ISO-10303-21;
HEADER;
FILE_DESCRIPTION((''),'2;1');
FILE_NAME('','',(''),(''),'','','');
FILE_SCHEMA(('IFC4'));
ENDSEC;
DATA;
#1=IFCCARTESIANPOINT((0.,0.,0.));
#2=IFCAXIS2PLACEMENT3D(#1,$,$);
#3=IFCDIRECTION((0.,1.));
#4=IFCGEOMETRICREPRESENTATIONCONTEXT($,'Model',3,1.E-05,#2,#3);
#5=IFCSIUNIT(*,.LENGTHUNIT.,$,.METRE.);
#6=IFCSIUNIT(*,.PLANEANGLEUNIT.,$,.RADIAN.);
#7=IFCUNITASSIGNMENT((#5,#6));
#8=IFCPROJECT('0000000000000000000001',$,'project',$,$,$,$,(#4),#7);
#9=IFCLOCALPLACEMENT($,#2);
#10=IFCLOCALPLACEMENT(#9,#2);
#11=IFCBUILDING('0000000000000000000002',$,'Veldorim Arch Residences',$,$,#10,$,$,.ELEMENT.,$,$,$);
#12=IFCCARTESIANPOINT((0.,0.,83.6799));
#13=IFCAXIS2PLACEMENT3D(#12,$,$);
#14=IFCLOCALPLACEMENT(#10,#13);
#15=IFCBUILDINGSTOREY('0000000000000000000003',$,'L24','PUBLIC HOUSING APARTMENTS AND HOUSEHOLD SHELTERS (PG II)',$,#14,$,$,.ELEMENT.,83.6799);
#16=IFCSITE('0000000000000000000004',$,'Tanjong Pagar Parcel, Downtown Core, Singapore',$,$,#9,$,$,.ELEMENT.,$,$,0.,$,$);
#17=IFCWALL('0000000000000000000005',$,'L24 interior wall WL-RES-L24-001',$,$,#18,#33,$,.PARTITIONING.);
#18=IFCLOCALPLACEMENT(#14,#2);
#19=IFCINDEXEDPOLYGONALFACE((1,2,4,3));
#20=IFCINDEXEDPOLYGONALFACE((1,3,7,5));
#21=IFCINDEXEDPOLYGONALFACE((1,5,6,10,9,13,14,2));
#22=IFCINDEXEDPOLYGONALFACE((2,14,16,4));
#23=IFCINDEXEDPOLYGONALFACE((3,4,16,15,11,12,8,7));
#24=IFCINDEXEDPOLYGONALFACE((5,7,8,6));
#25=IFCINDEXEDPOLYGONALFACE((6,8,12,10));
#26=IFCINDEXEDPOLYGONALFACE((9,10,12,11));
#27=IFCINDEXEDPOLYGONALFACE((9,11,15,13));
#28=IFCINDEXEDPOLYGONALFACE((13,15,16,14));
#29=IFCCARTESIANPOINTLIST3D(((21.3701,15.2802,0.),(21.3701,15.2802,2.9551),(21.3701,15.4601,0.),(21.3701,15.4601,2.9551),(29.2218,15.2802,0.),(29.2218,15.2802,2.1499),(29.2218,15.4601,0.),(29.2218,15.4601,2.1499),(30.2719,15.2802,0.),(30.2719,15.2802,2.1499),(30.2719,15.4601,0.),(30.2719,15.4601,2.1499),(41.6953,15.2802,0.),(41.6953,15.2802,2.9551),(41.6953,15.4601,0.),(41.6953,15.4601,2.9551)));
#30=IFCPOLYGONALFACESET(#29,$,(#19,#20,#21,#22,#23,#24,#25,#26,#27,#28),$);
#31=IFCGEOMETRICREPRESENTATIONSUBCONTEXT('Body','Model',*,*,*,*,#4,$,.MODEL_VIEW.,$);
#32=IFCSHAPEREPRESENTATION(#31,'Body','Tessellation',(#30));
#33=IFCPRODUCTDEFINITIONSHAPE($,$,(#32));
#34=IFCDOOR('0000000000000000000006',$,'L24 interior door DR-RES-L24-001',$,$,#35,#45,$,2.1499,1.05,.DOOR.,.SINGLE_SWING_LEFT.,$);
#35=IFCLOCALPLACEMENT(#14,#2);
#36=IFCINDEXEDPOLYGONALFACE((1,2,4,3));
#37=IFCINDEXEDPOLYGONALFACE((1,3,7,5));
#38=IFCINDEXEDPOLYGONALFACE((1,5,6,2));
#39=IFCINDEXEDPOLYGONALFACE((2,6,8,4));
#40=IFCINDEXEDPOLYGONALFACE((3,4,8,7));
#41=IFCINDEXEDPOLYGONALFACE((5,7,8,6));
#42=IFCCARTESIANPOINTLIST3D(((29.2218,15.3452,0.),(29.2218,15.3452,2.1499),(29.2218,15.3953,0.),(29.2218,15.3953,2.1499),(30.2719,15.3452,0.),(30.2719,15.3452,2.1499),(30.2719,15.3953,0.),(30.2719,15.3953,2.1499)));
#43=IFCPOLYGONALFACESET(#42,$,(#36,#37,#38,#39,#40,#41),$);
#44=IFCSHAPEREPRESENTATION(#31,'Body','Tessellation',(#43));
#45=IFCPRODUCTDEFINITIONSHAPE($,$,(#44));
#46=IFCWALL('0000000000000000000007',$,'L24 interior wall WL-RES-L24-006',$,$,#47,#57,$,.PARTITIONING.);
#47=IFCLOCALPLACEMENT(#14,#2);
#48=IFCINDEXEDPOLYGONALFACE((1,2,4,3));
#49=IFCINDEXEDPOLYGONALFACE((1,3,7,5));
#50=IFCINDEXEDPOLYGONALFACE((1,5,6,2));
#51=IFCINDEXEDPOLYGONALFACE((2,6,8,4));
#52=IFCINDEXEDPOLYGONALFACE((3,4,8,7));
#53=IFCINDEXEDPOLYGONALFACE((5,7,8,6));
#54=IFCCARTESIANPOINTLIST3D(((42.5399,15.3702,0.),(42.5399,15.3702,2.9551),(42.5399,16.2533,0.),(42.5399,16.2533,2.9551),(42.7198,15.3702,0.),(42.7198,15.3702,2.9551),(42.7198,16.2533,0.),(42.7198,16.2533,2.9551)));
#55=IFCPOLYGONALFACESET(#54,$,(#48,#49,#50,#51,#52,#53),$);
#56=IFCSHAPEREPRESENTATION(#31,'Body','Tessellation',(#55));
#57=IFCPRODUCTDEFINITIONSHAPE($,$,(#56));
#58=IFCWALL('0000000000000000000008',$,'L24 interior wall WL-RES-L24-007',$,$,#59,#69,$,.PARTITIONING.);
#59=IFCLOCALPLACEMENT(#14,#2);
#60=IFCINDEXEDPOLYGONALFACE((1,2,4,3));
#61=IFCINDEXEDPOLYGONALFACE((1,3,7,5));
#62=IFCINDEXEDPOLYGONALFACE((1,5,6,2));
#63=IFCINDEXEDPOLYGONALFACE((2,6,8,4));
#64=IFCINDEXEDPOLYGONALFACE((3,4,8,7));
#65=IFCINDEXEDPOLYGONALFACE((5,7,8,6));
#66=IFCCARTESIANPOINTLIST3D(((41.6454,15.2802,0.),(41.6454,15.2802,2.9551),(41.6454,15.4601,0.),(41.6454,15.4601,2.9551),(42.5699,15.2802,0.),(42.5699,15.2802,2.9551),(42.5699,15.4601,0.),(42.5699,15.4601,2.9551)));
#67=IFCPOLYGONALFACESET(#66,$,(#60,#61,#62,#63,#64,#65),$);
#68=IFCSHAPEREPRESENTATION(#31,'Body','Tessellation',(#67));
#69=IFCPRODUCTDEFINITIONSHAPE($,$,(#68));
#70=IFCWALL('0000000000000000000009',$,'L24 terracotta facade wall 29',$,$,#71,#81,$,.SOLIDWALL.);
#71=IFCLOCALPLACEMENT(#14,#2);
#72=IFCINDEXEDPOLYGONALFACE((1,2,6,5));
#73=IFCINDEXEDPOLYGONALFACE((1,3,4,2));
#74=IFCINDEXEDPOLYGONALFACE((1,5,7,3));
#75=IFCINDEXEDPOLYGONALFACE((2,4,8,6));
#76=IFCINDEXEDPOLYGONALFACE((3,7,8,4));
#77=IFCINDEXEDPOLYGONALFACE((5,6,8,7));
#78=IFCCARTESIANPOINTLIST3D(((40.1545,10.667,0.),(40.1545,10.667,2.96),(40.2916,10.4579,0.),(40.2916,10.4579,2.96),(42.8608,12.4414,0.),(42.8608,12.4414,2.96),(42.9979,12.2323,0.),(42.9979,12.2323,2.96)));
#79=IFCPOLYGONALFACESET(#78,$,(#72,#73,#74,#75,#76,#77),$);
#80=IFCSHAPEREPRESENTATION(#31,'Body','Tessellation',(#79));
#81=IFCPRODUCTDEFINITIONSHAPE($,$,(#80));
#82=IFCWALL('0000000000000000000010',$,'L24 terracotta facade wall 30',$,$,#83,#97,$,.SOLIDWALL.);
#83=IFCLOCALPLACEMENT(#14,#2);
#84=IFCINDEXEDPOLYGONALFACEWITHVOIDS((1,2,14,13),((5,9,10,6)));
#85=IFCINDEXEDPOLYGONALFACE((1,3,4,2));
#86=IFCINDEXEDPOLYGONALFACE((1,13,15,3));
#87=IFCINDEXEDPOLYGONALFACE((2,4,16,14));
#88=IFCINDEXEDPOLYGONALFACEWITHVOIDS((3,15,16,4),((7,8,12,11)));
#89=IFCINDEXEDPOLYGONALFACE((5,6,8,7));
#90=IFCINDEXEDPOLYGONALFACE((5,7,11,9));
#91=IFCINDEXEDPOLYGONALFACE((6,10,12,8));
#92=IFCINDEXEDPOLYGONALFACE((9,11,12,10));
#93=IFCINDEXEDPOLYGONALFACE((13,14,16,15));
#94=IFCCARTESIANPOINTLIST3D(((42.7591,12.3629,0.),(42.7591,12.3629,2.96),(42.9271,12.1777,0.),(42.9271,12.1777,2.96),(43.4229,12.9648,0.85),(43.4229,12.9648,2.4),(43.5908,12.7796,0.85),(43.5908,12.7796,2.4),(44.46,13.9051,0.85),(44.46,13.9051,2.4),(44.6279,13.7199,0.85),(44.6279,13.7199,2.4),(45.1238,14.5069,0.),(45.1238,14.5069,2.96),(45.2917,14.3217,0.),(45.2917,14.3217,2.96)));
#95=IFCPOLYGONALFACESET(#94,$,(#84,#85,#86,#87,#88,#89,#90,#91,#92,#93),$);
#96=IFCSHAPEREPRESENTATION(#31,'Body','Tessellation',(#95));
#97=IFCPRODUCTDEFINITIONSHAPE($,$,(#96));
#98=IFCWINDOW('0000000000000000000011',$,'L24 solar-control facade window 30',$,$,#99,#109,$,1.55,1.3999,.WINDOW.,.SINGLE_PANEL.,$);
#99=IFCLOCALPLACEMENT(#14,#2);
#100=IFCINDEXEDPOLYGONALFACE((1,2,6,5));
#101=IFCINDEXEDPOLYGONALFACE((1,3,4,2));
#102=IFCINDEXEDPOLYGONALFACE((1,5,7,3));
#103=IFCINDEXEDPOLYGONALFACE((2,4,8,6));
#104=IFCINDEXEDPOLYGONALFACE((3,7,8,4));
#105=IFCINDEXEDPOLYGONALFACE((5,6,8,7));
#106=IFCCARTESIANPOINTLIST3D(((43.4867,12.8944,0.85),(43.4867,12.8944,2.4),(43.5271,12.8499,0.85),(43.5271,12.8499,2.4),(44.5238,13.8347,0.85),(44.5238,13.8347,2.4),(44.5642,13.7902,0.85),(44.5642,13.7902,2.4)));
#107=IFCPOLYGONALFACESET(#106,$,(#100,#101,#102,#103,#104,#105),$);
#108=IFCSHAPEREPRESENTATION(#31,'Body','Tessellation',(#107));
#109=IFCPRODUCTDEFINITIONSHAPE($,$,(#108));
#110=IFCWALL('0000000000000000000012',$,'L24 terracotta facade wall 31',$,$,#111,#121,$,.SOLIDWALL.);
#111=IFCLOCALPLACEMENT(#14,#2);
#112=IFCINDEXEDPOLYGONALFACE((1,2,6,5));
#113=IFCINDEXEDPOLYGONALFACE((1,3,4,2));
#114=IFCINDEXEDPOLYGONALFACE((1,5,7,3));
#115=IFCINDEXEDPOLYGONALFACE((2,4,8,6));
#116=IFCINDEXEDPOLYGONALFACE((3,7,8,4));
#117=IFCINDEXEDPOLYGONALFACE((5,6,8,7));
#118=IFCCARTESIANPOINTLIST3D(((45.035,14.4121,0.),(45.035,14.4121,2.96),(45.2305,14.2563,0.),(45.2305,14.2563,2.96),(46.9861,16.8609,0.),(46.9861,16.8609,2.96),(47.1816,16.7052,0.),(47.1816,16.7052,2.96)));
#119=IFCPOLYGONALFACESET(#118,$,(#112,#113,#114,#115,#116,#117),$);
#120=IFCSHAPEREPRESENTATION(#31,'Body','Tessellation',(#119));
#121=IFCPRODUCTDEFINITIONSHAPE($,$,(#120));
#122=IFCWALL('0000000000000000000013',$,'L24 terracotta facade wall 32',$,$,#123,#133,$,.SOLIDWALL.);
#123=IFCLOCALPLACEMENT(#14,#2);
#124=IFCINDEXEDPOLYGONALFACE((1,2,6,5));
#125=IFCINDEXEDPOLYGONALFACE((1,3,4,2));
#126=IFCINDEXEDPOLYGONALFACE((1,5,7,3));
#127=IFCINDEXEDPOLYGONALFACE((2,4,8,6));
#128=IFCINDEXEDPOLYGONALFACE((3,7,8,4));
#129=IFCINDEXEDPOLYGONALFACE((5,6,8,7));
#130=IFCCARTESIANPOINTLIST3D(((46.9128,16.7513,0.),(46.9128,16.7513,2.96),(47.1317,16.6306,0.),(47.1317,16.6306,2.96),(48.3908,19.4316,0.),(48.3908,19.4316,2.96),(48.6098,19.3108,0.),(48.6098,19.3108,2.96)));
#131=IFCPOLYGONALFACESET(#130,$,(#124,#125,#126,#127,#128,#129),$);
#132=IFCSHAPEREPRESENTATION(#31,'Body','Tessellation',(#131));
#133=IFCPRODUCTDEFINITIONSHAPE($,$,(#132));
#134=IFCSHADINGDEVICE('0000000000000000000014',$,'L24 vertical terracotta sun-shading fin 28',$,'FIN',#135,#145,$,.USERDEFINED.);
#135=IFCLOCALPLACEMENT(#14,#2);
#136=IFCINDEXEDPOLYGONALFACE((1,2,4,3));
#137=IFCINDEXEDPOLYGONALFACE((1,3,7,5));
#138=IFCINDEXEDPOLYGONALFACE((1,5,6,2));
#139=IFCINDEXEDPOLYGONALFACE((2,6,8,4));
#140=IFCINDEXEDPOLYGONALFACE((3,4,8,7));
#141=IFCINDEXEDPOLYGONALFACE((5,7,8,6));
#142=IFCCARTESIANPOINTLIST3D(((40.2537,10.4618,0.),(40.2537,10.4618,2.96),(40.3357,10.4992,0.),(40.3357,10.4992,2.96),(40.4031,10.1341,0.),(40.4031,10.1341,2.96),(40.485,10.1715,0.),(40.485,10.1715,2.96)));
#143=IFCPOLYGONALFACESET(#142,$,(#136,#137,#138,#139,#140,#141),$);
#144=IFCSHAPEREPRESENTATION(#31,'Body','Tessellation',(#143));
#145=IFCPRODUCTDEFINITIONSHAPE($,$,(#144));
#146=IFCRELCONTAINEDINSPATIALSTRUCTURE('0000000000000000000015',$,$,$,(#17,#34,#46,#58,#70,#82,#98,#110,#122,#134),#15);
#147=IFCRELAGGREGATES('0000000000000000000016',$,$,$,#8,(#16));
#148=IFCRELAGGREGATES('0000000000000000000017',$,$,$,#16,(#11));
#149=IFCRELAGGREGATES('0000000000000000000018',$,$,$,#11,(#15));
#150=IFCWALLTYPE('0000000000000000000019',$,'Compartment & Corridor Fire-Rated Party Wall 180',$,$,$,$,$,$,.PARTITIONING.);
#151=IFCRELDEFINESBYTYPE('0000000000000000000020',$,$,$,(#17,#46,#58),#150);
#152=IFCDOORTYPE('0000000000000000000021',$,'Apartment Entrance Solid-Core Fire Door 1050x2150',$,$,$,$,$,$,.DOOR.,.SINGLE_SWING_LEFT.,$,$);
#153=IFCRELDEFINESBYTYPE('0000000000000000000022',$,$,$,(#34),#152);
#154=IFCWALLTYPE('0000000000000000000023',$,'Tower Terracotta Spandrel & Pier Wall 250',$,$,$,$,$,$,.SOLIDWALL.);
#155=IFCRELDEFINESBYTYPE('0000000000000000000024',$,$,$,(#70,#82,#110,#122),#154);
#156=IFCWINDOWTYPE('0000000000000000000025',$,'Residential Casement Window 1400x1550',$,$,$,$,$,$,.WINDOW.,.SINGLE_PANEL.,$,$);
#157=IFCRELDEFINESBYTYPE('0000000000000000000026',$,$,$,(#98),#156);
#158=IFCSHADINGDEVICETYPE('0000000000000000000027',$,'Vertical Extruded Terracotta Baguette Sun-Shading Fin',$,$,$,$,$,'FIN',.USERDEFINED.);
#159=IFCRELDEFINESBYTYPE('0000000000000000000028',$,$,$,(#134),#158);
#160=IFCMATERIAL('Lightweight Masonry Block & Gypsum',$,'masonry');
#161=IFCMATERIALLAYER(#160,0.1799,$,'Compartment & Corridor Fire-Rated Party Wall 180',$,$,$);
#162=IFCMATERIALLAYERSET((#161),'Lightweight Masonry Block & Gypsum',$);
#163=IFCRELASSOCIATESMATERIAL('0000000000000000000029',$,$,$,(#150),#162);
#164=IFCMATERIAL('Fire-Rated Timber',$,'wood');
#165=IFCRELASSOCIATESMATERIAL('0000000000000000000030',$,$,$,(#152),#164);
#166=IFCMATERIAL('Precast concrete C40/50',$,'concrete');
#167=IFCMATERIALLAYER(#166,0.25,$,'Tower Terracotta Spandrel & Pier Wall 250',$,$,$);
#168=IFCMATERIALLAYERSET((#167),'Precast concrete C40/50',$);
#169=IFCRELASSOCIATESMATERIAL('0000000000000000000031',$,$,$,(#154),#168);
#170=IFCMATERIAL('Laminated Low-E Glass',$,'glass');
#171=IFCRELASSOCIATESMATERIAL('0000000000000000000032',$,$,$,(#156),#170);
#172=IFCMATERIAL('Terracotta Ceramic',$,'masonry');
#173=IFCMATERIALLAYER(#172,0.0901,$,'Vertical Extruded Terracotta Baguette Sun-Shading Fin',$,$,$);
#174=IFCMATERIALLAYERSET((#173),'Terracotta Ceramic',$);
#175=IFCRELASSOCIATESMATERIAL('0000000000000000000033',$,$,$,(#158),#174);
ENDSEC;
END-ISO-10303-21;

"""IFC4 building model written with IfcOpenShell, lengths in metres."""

from ifc_helpers import new_model, si_unit, direction, frame, frame_2d, origin, origin_2d, place, context, subcontext, project, spatial, rectangle, extrude, material, layer, layer_set, type_object, element, fill, save


model = new_model("IFC4")

# Units and contexts
model_context = context("Model", 3, precision=1e-05, world=origin(), true_north=direction((0.0, 1.0)))
body_context = subcontext(model_context, "Body", "Model", "MODEL_VIEW")
ifc_project = project(units=[si_unit("LENGTHUNIT", "METRE"), si_unit("PLANEANGLEUNIT", "RADIAN")], contexts=[model_context])

# Site, building, storey
site_placement = place(None, origin())
site = spatial("IfcSite", under=ifc_project, at=site_placement, Name="Tanjong Pagar Parcel, Downtown Core, Singapore", CompositionType="ELEMENT", RefElevation=0.0)
building_placement = place(site_placement, origin())
building = spatial("IfcBuilding", under=site, at=building_placement, Name="Veldorim Arch Residences", CompositionType="ELEMENT")
storey_placement = place(building_placement, frame((0.0, 0.0, 83.6799)))
storey = spatial("IfcBuildingStorey", under=building, at=storey_placement, Name="L24", Description="PUBLIC HOUSING APARTMENTS AND HOUSEHOLD SHELTERS (PG II)", CompositionType="ELEMENT", Elevation=83.6799)

# Shared definitions
ifc_material_1 = material(Name="Lightweight Masonry Block & Gypsum", Category="masonry")
ifc_layer_1 = layer(ifc_material_1, 0.1799, Name="Compartment & Corridor Fire-Rated Party Wall 180")
ifc_layer_set_1 = layer_set([ifc_layer_1], Name="Lightweight Masonry Block & Gypsum")
wall_type_1 = type_object("IfcWallType", Name="Compartment & Corridor Fire-Rated Party Wall 180", PredefinedType="PARTITIONING", material=ifc_layer_set_1)

# Wall, opening, door
wall_1_placement = place(storey_placement, frame((41.6953, 15.3701, 0.0), z_axis=(0.0, 0.0, 1.0), x_axis=(-1.0, 0.0, 0.0)))
wall_1 = element("IfcWall", 1, at=wall_1_placement, inside=storey, type_object=wall_type_1, Name="L24 interior wall WL-RES-L24-001", PredefinedType="PARTITIONING", context=body_context, shape_type="SweptSolid", body=[
    extrude(rectangle(XDim=20.3252, YDim=0.1799, at=frame_2d((10.1626, 0.0))), origin(), (0.0, 0.0, 1.0), 2.9551),
])
opening_1_placement = place(wall_1_placement, frame((11.4236, 0.0, 0.0)))
opening_1 = element("IfcOpeningElement", 2, at=opening_1_placement, cuts=wall_1, PredefinedType="OPENING", context=body_context, shape_type="SweptSolid", body=[
    extrude(rectangle(XDim=1.05, YDim=2.1499, at=frame_2d((0.5249, 1.075))), frame((0.0, 0.0999, 0.0), z_axis=(0.0, -1.0, 0.0), x_axis=(1.0, 0.0, 0.0)), (0.0, 0.0, 1.0), 0.2),
])
ifc_material_2 = material(Name="Fire-Rated Timber", Category="wood")
door_type_1 = type_object("IfcDoorType", Name="Apartment Entrance Solid-Core Fire Door 1050x2150", OperationType="SINGLE_SWING_LEFT", PredefinedType="DOOR", material=ifc_material_2)
door_1_placement = place(opening_1_placement, origin())
door_1 = element("IfcDoor", 3, at=door_1_placement, inside=storey, type_object=door_type_1, Name="L24 interior door DR-RES-L24-001", OperationType="SINGLE_SWING_LEFT", OverallHeight=2.1499, OverallWidth=1.05, PredefinedType="DOOR", context=body_context, shape_type="SweptSolid", body=[
    extrude(rectangle(XDim=1.05, YDim=2.1499, at=frame_2d((0.5249, 1.075))), frame((0.0, 0.0249, 0.0), z_axis=(0.0, -1.0, 0.0), x_axis=(1.0, 0.0, 0.0)), (0.0, 0.0, 1.0), 0.05),
])
fill(opening_1, door_1)

# Walls
wall_2_placement = place(storey_placement, frame((42.6299, 16.2532, 0.0), z_axis=(0.0, 0.0, 1.0), x_axis=(0.0, -1.0, 0.0)))
element("IfcWall", 4, at=wall_2_placement, inside=storey, type_object=wall_type_1, Name="L24 interior wall WL-RES-L24-006", PredefinedType="PARTITIONING", context=body_context, shape_type="SweptSolid", body=[
    extrude(rectangle(XDim=0.8831, YDim=0.1799, at=frame_2d((0.4414, 0.0))), origin(), (0.0, 0.0, 1.0), 2.9551),
])
wall_3_placement = place(storey_placement, frame((42.5701, 15.3701, 0.0), z_axis=(0.0, 0.0, 1.0), x_axis=(-1.0, 0.0, 0.0)))
element("IfcWall", 5, at=wall_3_placement, inside=storey, type_object=wall_type_1, Name="L24 interior wall WL-RES-L24-007", PredefinedType="PARTITIONING", context=body_context, shape_type="SweptSolid", body=[
    extrude(rectangle(XDim=0.9246, YDim=0.1799, at=frame_2d((0.4624, 0.0))), origin(), (0.0, 0.0, 1.0), 2.9551),
])

# Wall
ifc_material_3 = material(Name="Precast concrete C40/50", Category="concrete")
ifc_layer_2 = layer(ifc_material_3, 0.25, Name="Tower Terracotta Spandrel & Pier Wall 250")
ifc_layer_set_2 = layer_set([ifc_layer_2], Name="Precast concrete C40/50")
wall_type_2 = type_object("IfcWallType", Name="Tower Terracotta Spandrel & Pier Wall 250", PredefinedType="SOLIDWALL", material=ifc_layer_set_2)
wall_4_placement = place(storey_placement, frame((42.9294, 12.3369, 0.0), z_axis=(0.0, 0.0, 1.0), x_axis=(-0.836274, -0.548312, 0.0)))
element("IfcWall", 6, at=wall_4_placement, inside=storey, type_object=wall_type_2, Name="L24 terracotta facade wall 29", PredefinedType="SOLIDWALL", context=body_context, shape_type="SweptSolid", body=[
    extrude(rectangle(XDim=3.2361, YDim=0.25, at=frame_2d((1.6182, 0.0))), origin(), (0.0, 0.0, 1.0), 2.96),
])

# Wall, opening, window
wall_5_placement = place(storey_placement, frame((45.2078, 14.4143, 0.0), z_axis=(0.0, 0.0, 1.0), x_axis=(-0.740832, -0.67169, 0.0)))
wall_5 = element("IfcWall", 7, at=wall_5_placement, inside=storey, type_object=wall_type_2, Name="L24 terracotta facade wall 30", PredefinedType="SOLIDWALL", context=body_context, shape_type="SweptSolid", body=[
    extrude(rectangle(XDim=3.1919, YDim=0.25, at=frame_2d((1.5959, 0.0))), origin(), (0.0, 0.0, 1.0), 2.96),
])
opening_2_placement = place(wall_5_placement, frame((0.896, 0.0, 0.8501)))
opening_2 = element("IfcOpeningElement", 8, at=opening_2_placement, cuts=wall_5, PredefinedType="OPENING", context=body_context, shape_type="SweptSolid", body=[
    extrude(rectangle(XDim=1.3999, YDim=1.55, at=frame_2d((0.7, 0.7749))), frame((0.0, 0.135, 0.0), z_axis=(0.0, -1.0, 0.0), x_axis=(1.0, 0.0, 0.0)), (0.0, 0.0, 1.0), 0.27),
])
ifc_material_4 = material(Name="Laminated Low-E Glass", Category="glass")
window_type = type_object("IfcWindowType", Name="Residential Casement Window 1400x1550", PartitioningType="SINGLE_PANEL", PredefinedType="WINDOW", material=ifc_material_4)
window_placement = place(opening_2_placement, origin())
window = element("IfcWindow", 9, at=window_placement, inside=storey, type_object=window_type, Name="L24 solar-control facade window 30", OverallHeight=1.55, OverallWidth=1.3999, PartitioningType="SINGLE_PANEL", PredefinedType="WINDOW", context=body_context, shape_type="SweptSolid", body=[
    extrude(rectangle(XDim=1.3999, YDim=1.55, at=frame_2d((0.7, 0.7749))), frame((0.0, 0.03, 0.0), z_axis=(0.0, -1.0, 0.0), x_axis=(1.0, 0.0, 0.0)), (0.0, 0.0, 1.0), 0.0601),
])
fill(opening_2, window)

# Walls
wall_6_placement = place(storey_placement, frame((47.0837, 16.783, 0.0), z_axis=(0.0, 0.0, 1.0), x_axis=(-0.623134, -0.782115, 0.0)))
element("IfcWall", 10, at=wall_6_placement, inside=storey, type_object=wall_type_2, Name="L24 terracotta facade wall 31", PredefinedType="SOLIDWALL", context=body_context, shape_type="SweptSolid", body=[
    extrude(rectangle(XDim=3.1311, YDim=0.25, at=frame_2d((1.5654, 0.0))), origin(), (0.0, 0.0, 1.0), 2.96),
])
wall_7_placement = place(storey_placement, frame((48.5002, 19.3711, 0.0), z_axis=(0.0, 0.0, 1.0), x_axis=(-0.482904, -0.875673, 0.0)))
element("IfcWall", 11, at=wall_7_placement, inside=storey, type_object=wall_type_2, Name="L24 terracotta facade wall 32", PredefinedType="SOLIDWALL", context=body_context, shape_type="SweptSolid", body=[
    extrude(rectangle(XDim=3.0608, YDim=0.25, at=frame_2d((1.5303, 0.0))), origin(), (0.0, 0.0, 1.0), 2.96),
])

# Shading device
ifc_material_5 = material(Name="Terracotta Ceramic", Category="masonry")
ifc_layer_3 = layer(ifc_material_5, 0.0901, Name="Vertical Extruded Terracotta Baguette Sun-Shading Fin")
ifc_layer_set_3 = layer_set([ifc_layer_3], Name="Terracotta Ceramic")
shading_device_type = type_object("IfcShadingDeviceType", Name="Vertical Extruded Terracotta Baguette Sun-Shading Fin", ElementType="FIN", PredefinedType="USERDEFINED", material=ifc_layer_set_3)
shading_device_placement = place(storey_placement, frame((40.3694, 10.3167, 0.0), z_axis=(0.0, 0.0, 1.0), x_axis=(-0.909961, -0.414693, 0.0)))
element("IfcShadingDevice", 12, at=shading_device_placement, inside=storey, type_object=shading_device_type, Name="L24 vertical terracotta sun-shading fin 28", ObjectType="FIN", PredefinedType="USERDEFINED", context=body_context, shape_type="SweptSolid", body=[
    extrude(rectangle(XDim=0.0901, YDim=0.3601, at=origin_2d()), origin(), (0.0, 0.0, 1.0), 2.96),
])

save(model, "model.ifc")
